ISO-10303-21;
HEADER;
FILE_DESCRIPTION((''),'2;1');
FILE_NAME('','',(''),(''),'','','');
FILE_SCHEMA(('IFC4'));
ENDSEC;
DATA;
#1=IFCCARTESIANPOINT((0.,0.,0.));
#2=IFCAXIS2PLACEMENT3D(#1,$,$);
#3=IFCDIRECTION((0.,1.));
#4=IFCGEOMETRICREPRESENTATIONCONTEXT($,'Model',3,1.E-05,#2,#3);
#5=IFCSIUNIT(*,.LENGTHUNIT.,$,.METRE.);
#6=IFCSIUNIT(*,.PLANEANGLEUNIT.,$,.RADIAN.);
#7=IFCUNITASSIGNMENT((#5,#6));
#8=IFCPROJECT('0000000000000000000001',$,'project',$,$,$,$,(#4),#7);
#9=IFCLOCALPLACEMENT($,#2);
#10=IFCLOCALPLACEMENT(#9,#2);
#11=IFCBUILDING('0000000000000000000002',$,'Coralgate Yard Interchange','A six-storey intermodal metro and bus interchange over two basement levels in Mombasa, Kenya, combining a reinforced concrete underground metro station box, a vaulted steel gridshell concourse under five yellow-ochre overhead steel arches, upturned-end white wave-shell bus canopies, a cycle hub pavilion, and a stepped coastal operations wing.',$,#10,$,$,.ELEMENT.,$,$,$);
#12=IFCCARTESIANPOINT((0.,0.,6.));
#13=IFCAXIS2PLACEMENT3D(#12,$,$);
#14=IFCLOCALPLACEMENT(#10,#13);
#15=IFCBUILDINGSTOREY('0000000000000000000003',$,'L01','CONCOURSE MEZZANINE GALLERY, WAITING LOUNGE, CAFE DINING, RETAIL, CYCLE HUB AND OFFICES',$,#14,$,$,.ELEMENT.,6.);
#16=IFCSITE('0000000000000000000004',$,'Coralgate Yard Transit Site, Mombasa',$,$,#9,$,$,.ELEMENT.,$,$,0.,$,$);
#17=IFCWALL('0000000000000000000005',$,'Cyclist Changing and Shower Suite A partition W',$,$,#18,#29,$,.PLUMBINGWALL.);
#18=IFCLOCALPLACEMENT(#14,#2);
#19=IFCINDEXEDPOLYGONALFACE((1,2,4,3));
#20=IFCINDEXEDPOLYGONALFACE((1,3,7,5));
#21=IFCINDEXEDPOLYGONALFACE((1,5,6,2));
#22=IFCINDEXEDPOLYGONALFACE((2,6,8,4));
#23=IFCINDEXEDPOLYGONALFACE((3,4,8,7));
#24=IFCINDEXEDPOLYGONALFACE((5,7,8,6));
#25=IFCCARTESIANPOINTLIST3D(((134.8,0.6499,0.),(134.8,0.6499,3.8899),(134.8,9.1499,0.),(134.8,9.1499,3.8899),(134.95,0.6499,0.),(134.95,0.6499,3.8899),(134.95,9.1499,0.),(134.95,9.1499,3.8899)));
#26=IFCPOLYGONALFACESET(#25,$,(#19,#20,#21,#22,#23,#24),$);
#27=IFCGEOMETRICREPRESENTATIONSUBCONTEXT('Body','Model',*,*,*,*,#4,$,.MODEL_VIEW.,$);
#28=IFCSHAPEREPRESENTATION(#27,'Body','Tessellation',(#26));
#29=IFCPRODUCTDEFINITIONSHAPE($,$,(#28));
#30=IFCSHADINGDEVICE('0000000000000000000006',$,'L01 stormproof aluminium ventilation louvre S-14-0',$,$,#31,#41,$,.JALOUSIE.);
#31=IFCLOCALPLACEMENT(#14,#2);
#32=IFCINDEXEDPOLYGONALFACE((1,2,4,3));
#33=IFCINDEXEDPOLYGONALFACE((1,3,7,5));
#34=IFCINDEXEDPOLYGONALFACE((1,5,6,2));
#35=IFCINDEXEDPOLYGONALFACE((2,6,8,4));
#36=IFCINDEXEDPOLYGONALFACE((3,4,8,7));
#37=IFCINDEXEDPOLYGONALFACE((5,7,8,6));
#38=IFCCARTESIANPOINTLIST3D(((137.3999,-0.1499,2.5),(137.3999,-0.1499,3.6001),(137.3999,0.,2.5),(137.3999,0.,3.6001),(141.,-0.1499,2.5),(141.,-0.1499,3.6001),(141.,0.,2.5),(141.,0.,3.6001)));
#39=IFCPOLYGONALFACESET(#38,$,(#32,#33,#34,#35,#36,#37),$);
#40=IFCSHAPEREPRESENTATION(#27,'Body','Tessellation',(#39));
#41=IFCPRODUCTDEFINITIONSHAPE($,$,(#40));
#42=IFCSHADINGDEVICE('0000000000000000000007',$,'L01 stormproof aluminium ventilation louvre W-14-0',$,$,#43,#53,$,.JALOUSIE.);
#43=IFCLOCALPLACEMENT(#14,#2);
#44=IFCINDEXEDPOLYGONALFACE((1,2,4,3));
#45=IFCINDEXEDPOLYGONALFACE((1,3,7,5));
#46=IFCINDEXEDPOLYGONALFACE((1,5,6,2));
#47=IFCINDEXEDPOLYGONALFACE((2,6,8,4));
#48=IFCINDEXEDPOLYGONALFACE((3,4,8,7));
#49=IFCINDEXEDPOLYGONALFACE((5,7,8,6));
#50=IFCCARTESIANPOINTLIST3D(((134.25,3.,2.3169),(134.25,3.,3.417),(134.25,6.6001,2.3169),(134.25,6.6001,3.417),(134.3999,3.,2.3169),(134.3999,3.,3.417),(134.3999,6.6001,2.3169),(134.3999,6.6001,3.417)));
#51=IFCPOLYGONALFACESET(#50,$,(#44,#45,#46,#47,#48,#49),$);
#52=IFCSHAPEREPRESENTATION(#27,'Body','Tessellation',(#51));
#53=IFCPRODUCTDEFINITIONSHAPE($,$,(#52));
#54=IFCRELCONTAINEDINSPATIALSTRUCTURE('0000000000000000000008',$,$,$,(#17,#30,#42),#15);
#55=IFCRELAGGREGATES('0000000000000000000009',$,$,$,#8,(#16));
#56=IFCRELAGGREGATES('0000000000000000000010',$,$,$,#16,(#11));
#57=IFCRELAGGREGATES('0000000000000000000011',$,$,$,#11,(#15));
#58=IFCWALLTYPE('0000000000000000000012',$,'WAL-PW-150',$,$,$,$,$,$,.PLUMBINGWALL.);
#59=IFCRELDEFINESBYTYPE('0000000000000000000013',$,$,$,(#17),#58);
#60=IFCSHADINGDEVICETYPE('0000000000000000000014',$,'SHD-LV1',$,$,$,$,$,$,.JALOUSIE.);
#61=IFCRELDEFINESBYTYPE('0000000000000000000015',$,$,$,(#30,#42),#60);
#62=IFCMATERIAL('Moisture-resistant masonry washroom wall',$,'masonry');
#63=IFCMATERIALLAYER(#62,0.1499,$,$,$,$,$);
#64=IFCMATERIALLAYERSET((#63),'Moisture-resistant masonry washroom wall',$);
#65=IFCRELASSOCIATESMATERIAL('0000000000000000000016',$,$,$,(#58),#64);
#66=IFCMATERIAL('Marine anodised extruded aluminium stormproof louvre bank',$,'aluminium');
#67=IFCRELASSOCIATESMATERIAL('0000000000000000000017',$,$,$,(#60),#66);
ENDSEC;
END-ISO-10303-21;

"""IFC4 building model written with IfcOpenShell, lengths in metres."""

from ifc_helpers import new_model, si_unit, direction, frame, frame_2d, origin, origin_2d, place, context, subcontext, project, spatial, rectangle, extrude, material, layer, layer_set, type_object, element, save


model = new_model("IFC4")

# Units and contexts
model_context = context("Model", 3, precision=1e-05, world=origin(), true_north=direction((0.0, 1.0)))
body_context = subcontext(model_context, "Body", "Model", "MODEL_VIEW")
ifc_project = project(units=[si_unit("LENGTHUNIT", "METRE"), si_unit("PLANEANGLEUNIT", "RADIAN")], contexts=[model_context])

# Site, building, storey
site_placement = place(None, origin())
site = spatial("IfcSite", under=ifc_project, at=site_placement, Name="Coralgate Yard Transit Site, Mombasa", CompositionType="ELEMENT", RefElevation=0.0)
building_placement = place(site_placement, origin())
building = spatial("IfcBuilding", under=site, at=building_placement, Name="Coralgate Yard Interchange", Description="A six-storey intermodal metro and bus interchange over two basement levels in Mombasa, Kenya, combining a reinforced concrete underground metro station box, a vaulted steel gridshell concourse under five yellow-ochre overhead steel arches, upturned-end white wave-shell bus canopies, a cycle hub pavilion, and a stepped coastal operations wing.", CompositionType="ELEMENT")
storey_placement = place(building_placement, frame((0.0, 0.0, 6.0)))
storey = spatial("IfcBuildingStorey", under=building, at=storey_placement, Name="L01", Description="CONCOURSE MEZZANINE GALLERY, WAITING LOUNGE, CAFE DINING, RETAIL, CYCLE HUB AND OFFICES", CompositionType="ELEMENT", Elevation=6.0)

# Shared definitions
ifc_material_1 = material(Name="Moisture-resistant masonry washroom wall", Category="masonry")
ifc_layer_1 = layer(ifc_material_1, 0.1499)
ifc_layer_set_1 = layer_set([ifc_layer_1], Name="Moisture-resistant masonry washroom wall")
wall_type_1 = type_object("IfcWallType", Name="WAL-PW-150", PredefinedType="PLUMBINGWALL", material=ifc_layer_set_1)

# Wall
wall_1_placement = place(storey_placement, frame((134.875, 0.6499, 0.0), z_axis=(0.0, 0.0, 1.0), x_axis=(0.0, 1.0, 0.0)))
element("IfcWall", 1, at=wall_1_placement, inside=storey, type_object=wall_type_1, Name="Cyclist Changing and Shower Suite A partition W", PredefinedType="PLUMBINGWALL", context=body_context, shape_type="SweptSolid", body=[
    extrude(rectangle(XDim=8.5, YDim=0.1499, at=frame_2d((4.25, 0.0))), origin(), (0.0, 0.0, 1.0), 3.8899),
])

# Shading devices
ifc_material_2 = material(Name="Marine anodised extruded aluminium stormproof louvre bank", Category="aluminium")
shading_device_type = type_object("IfcShadingDeviceType", Name="SHD-LV1", PredefinedType="JALOUSIE", material=ifc_material_2)
for number, where, z_axis, x_axis, name in (
    (2, (139.2, -0.075, 2.5), (0.0, 0.0, 1.0), (-1.0, 0.0, 0.0), "L01 stormproof aluminium ventilation louvre S-14-0"),
    (3, (134.325, 4.8, 2.3169), (0.0, 0.0, 1.0), (0.0, 1.0, 0.0), "L01 stormproof aluminium ventilation louvre W-14-0"),
):
    element("IfcShadingDevice", number, at=place(storey_placement, frame(where, z_axis=z_axis, x_axis=x_axis)), inside=storey, type_object=shading_device_type, Name=name, PredefinedType="JALOUSIE", context=body_context, shape_type="SweptSolid", body=[
        extrude(rectangle(XDim=3.6001, YDim=0.1499, at=origin_2d()), origin(), (0.0, 0.0, 1.0), 1.1001),
    ])

save(model, "model.ifc")
